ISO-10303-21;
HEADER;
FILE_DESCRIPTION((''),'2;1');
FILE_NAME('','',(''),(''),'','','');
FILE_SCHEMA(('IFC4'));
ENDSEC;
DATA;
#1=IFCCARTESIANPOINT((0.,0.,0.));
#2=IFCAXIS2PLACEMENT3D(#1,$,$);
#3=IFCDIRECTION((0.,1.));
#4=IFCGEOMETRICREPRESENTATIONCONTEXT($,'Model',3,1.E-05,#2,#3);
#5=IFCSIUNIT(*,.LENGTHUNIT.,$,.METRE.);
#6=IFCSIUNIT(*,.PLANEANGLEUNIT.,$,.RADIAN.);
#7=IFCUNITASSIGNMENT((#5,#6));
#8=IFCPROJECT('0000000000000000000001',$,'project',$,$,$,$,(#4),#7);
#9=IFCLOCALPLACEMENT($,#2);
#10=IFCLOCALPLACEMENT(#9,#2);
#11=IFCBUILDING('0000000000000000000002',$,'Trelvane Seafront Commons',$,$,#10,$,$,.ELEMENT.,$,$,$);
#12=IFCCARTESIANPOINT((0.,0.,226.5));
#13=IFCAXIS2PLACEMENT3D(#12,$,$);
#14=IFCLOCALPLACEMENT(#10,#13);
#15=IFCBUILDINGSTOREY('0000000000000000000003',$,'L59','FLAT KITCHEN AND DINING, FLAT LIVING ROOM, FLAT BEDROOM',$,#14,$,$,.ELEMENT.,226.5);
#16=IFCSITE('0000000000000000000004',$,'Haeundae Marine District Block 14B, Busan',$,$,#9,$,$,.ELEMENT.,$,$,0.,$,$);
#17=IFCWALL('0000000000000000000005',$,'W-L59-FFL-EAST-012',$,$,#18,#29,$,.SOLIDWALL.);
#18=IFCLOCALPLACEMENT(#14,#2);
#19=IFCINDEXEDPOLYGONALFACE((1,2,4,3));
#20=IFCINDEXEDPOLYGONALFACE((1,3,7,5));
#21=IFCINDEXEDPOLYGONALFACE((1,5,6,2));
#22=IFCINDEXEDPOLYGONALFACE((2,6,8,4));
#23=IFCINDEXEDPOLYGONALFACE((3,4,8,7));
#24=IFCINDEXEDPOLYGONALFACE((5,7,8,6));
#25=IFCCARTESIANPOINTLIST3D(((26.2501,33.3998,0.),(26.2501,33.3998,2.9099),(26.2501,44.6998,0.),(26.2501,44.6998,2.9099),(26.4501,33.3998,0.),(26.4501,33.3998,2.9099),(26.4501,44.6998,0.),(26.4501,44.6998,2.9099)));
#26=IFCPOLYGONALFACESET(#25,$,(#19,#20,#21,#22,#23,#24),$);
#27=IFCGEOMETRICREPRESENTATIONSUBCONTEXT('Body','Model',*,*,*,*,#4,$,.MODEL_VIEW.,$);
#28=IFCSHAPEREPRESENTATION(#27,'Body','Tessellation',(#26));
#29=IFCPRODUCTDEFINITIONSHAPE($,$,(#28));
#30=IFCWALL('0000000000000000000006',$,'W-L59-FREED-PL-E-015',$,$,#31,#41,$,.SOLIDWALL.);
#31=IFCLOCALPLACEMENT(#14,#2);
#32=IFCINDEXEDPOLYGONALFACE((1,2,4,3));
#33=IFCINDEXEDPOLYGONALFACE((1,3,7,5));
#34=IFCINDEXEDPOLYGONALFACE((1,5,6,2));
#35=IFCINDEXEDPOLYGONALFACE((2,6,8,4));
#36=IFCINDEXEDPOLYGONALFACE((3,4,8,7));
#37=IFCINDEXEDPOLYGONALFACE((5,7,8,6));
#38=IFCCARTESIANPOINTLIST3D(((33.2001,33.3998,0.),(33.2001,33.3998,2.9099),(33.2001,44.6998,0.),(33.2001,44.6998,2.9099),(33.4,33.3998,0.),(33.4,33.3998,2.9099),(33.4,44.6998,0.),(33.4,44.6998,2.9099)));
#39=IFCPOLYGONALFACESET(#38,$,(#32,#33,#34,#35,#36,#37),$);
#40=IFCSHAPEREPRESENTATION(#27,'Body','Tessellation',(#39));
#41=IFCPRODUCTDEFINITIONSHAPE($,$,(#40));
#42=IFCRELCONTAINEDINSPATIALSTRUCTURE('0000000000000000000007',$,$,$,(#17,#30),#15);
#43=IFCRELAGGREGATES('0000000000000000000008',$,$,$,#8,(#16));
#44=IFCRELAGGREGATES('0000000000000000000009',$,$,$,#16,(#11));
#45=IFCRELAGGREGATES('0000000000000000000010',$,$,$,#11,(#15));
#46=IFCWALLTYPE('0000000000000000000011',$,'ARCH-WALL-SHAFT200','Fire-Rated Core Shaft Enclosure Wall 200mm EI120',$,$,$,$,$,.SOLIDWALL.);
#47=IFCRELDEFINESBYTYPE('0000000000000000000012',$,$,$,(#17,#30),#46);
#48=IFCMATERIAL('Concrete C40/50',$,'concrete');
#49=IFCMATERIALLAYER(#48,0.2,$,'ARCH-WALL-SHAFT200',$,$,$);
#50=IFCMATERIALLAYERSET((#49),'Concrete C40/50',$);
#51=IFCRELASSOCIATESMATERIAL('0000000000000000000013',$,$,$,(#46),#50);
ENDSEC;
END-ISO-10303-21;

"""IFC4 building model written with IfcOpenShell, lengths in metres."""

from ifc_helpers import new_model, si_unit, direction, frame, frame_2d, origin, place, context, subcontext, project, spatial, rectangle, extrude, material, layer, layer_set, type_object, element, save


model = new_model("IFC4")

# Units and contexts
model_context = context("Model", 3, precision=1e-05, world=origin(), true_north=direction((0.0, 1.0)))
body_context = subcontext(model_context, "Body", "Model", "MODEL_VIEW")
ifc_project = project(units=[si_unit("LENGTHUNIT", "METRE"), si_unit("PLANEANGLEUNIT", "RADIAN")], contexts=[model_context])

# Site, building, storey
site_placement = place(None, origin())
site = spatial("IfcSite", under=ifc_project, at=site_placement, Name="Haeundae Marine District Block 14B, Busan", CompositionType="ELEMENT", RefElevation=0.0)
building_placement = place(site_placement, origin())
building = spatial("IfcBuilding", under=site, at=building_placement, Name="Trelvane Seafront Commons", CompositionType="ELEMENT")
storey_placement = place(building_placement, frame((0.0, 0.0, 226.5)))
storey = spatial("IfcBuildingStorey", under=building, at=storey_placement, Name="L59", Description="FLAT KITCHEN AND DINING, FLAT LIVING ROOM, FLAT BEDROOM", CompositionType="ELEMENT", Elevation=226.5)

# Shared definitions
ifc_material_1 = material(Name="Concrete C40/50", Category="concrete")

# Walls
ifc_layer_1 = layer(ifc_material_1, 0.2, Name="ARCH-WALL-SHAFT200")
ifc_layer_set_1 = layer_set([ifc_layer_1], Name="Concrete C40/50")
wall_type_1 = type_object("IfcWallType", Name="ARCH-WALL-SHAFT200", Description="Fire-Rated Core Shaft Enclosure Wall 200mm EI120", PredefinedType="SOLIDWALL", material=ifc_layer_set_1)
for number, where, z_axis, x_axis, name in (
    (1, (26.3501, 33.3999, 0.0), (0.0, 0.0, 1.0), (0.0, 1.0, 0.0), "W-L59-FFL-EAST-012"),
    (2, (33.3, 33.3999, 0.0), (0.0, 0.0, 1.0), (0.0, 1.0, 0.0), "W-L59-FREED-PL-E-015"),
):
    element("IfcWall", number, at=place(storey_placement, frame(where, z_axis=z_axis, x_axis=x_axis)), inside=storey, type_object=wall_type_1, Name=name, PredefinedType="SOLIDWALL", context=body_context, shape_type="SweptSolid", body=[
        extrude(rectangle(XDim=11.3, YDim=0.2, at=frame_2d((5.6499, 0.0))), origin(), (0.0, 0.0, 1.0), 2.9099),
    ])

save(model, "model.ifc")
